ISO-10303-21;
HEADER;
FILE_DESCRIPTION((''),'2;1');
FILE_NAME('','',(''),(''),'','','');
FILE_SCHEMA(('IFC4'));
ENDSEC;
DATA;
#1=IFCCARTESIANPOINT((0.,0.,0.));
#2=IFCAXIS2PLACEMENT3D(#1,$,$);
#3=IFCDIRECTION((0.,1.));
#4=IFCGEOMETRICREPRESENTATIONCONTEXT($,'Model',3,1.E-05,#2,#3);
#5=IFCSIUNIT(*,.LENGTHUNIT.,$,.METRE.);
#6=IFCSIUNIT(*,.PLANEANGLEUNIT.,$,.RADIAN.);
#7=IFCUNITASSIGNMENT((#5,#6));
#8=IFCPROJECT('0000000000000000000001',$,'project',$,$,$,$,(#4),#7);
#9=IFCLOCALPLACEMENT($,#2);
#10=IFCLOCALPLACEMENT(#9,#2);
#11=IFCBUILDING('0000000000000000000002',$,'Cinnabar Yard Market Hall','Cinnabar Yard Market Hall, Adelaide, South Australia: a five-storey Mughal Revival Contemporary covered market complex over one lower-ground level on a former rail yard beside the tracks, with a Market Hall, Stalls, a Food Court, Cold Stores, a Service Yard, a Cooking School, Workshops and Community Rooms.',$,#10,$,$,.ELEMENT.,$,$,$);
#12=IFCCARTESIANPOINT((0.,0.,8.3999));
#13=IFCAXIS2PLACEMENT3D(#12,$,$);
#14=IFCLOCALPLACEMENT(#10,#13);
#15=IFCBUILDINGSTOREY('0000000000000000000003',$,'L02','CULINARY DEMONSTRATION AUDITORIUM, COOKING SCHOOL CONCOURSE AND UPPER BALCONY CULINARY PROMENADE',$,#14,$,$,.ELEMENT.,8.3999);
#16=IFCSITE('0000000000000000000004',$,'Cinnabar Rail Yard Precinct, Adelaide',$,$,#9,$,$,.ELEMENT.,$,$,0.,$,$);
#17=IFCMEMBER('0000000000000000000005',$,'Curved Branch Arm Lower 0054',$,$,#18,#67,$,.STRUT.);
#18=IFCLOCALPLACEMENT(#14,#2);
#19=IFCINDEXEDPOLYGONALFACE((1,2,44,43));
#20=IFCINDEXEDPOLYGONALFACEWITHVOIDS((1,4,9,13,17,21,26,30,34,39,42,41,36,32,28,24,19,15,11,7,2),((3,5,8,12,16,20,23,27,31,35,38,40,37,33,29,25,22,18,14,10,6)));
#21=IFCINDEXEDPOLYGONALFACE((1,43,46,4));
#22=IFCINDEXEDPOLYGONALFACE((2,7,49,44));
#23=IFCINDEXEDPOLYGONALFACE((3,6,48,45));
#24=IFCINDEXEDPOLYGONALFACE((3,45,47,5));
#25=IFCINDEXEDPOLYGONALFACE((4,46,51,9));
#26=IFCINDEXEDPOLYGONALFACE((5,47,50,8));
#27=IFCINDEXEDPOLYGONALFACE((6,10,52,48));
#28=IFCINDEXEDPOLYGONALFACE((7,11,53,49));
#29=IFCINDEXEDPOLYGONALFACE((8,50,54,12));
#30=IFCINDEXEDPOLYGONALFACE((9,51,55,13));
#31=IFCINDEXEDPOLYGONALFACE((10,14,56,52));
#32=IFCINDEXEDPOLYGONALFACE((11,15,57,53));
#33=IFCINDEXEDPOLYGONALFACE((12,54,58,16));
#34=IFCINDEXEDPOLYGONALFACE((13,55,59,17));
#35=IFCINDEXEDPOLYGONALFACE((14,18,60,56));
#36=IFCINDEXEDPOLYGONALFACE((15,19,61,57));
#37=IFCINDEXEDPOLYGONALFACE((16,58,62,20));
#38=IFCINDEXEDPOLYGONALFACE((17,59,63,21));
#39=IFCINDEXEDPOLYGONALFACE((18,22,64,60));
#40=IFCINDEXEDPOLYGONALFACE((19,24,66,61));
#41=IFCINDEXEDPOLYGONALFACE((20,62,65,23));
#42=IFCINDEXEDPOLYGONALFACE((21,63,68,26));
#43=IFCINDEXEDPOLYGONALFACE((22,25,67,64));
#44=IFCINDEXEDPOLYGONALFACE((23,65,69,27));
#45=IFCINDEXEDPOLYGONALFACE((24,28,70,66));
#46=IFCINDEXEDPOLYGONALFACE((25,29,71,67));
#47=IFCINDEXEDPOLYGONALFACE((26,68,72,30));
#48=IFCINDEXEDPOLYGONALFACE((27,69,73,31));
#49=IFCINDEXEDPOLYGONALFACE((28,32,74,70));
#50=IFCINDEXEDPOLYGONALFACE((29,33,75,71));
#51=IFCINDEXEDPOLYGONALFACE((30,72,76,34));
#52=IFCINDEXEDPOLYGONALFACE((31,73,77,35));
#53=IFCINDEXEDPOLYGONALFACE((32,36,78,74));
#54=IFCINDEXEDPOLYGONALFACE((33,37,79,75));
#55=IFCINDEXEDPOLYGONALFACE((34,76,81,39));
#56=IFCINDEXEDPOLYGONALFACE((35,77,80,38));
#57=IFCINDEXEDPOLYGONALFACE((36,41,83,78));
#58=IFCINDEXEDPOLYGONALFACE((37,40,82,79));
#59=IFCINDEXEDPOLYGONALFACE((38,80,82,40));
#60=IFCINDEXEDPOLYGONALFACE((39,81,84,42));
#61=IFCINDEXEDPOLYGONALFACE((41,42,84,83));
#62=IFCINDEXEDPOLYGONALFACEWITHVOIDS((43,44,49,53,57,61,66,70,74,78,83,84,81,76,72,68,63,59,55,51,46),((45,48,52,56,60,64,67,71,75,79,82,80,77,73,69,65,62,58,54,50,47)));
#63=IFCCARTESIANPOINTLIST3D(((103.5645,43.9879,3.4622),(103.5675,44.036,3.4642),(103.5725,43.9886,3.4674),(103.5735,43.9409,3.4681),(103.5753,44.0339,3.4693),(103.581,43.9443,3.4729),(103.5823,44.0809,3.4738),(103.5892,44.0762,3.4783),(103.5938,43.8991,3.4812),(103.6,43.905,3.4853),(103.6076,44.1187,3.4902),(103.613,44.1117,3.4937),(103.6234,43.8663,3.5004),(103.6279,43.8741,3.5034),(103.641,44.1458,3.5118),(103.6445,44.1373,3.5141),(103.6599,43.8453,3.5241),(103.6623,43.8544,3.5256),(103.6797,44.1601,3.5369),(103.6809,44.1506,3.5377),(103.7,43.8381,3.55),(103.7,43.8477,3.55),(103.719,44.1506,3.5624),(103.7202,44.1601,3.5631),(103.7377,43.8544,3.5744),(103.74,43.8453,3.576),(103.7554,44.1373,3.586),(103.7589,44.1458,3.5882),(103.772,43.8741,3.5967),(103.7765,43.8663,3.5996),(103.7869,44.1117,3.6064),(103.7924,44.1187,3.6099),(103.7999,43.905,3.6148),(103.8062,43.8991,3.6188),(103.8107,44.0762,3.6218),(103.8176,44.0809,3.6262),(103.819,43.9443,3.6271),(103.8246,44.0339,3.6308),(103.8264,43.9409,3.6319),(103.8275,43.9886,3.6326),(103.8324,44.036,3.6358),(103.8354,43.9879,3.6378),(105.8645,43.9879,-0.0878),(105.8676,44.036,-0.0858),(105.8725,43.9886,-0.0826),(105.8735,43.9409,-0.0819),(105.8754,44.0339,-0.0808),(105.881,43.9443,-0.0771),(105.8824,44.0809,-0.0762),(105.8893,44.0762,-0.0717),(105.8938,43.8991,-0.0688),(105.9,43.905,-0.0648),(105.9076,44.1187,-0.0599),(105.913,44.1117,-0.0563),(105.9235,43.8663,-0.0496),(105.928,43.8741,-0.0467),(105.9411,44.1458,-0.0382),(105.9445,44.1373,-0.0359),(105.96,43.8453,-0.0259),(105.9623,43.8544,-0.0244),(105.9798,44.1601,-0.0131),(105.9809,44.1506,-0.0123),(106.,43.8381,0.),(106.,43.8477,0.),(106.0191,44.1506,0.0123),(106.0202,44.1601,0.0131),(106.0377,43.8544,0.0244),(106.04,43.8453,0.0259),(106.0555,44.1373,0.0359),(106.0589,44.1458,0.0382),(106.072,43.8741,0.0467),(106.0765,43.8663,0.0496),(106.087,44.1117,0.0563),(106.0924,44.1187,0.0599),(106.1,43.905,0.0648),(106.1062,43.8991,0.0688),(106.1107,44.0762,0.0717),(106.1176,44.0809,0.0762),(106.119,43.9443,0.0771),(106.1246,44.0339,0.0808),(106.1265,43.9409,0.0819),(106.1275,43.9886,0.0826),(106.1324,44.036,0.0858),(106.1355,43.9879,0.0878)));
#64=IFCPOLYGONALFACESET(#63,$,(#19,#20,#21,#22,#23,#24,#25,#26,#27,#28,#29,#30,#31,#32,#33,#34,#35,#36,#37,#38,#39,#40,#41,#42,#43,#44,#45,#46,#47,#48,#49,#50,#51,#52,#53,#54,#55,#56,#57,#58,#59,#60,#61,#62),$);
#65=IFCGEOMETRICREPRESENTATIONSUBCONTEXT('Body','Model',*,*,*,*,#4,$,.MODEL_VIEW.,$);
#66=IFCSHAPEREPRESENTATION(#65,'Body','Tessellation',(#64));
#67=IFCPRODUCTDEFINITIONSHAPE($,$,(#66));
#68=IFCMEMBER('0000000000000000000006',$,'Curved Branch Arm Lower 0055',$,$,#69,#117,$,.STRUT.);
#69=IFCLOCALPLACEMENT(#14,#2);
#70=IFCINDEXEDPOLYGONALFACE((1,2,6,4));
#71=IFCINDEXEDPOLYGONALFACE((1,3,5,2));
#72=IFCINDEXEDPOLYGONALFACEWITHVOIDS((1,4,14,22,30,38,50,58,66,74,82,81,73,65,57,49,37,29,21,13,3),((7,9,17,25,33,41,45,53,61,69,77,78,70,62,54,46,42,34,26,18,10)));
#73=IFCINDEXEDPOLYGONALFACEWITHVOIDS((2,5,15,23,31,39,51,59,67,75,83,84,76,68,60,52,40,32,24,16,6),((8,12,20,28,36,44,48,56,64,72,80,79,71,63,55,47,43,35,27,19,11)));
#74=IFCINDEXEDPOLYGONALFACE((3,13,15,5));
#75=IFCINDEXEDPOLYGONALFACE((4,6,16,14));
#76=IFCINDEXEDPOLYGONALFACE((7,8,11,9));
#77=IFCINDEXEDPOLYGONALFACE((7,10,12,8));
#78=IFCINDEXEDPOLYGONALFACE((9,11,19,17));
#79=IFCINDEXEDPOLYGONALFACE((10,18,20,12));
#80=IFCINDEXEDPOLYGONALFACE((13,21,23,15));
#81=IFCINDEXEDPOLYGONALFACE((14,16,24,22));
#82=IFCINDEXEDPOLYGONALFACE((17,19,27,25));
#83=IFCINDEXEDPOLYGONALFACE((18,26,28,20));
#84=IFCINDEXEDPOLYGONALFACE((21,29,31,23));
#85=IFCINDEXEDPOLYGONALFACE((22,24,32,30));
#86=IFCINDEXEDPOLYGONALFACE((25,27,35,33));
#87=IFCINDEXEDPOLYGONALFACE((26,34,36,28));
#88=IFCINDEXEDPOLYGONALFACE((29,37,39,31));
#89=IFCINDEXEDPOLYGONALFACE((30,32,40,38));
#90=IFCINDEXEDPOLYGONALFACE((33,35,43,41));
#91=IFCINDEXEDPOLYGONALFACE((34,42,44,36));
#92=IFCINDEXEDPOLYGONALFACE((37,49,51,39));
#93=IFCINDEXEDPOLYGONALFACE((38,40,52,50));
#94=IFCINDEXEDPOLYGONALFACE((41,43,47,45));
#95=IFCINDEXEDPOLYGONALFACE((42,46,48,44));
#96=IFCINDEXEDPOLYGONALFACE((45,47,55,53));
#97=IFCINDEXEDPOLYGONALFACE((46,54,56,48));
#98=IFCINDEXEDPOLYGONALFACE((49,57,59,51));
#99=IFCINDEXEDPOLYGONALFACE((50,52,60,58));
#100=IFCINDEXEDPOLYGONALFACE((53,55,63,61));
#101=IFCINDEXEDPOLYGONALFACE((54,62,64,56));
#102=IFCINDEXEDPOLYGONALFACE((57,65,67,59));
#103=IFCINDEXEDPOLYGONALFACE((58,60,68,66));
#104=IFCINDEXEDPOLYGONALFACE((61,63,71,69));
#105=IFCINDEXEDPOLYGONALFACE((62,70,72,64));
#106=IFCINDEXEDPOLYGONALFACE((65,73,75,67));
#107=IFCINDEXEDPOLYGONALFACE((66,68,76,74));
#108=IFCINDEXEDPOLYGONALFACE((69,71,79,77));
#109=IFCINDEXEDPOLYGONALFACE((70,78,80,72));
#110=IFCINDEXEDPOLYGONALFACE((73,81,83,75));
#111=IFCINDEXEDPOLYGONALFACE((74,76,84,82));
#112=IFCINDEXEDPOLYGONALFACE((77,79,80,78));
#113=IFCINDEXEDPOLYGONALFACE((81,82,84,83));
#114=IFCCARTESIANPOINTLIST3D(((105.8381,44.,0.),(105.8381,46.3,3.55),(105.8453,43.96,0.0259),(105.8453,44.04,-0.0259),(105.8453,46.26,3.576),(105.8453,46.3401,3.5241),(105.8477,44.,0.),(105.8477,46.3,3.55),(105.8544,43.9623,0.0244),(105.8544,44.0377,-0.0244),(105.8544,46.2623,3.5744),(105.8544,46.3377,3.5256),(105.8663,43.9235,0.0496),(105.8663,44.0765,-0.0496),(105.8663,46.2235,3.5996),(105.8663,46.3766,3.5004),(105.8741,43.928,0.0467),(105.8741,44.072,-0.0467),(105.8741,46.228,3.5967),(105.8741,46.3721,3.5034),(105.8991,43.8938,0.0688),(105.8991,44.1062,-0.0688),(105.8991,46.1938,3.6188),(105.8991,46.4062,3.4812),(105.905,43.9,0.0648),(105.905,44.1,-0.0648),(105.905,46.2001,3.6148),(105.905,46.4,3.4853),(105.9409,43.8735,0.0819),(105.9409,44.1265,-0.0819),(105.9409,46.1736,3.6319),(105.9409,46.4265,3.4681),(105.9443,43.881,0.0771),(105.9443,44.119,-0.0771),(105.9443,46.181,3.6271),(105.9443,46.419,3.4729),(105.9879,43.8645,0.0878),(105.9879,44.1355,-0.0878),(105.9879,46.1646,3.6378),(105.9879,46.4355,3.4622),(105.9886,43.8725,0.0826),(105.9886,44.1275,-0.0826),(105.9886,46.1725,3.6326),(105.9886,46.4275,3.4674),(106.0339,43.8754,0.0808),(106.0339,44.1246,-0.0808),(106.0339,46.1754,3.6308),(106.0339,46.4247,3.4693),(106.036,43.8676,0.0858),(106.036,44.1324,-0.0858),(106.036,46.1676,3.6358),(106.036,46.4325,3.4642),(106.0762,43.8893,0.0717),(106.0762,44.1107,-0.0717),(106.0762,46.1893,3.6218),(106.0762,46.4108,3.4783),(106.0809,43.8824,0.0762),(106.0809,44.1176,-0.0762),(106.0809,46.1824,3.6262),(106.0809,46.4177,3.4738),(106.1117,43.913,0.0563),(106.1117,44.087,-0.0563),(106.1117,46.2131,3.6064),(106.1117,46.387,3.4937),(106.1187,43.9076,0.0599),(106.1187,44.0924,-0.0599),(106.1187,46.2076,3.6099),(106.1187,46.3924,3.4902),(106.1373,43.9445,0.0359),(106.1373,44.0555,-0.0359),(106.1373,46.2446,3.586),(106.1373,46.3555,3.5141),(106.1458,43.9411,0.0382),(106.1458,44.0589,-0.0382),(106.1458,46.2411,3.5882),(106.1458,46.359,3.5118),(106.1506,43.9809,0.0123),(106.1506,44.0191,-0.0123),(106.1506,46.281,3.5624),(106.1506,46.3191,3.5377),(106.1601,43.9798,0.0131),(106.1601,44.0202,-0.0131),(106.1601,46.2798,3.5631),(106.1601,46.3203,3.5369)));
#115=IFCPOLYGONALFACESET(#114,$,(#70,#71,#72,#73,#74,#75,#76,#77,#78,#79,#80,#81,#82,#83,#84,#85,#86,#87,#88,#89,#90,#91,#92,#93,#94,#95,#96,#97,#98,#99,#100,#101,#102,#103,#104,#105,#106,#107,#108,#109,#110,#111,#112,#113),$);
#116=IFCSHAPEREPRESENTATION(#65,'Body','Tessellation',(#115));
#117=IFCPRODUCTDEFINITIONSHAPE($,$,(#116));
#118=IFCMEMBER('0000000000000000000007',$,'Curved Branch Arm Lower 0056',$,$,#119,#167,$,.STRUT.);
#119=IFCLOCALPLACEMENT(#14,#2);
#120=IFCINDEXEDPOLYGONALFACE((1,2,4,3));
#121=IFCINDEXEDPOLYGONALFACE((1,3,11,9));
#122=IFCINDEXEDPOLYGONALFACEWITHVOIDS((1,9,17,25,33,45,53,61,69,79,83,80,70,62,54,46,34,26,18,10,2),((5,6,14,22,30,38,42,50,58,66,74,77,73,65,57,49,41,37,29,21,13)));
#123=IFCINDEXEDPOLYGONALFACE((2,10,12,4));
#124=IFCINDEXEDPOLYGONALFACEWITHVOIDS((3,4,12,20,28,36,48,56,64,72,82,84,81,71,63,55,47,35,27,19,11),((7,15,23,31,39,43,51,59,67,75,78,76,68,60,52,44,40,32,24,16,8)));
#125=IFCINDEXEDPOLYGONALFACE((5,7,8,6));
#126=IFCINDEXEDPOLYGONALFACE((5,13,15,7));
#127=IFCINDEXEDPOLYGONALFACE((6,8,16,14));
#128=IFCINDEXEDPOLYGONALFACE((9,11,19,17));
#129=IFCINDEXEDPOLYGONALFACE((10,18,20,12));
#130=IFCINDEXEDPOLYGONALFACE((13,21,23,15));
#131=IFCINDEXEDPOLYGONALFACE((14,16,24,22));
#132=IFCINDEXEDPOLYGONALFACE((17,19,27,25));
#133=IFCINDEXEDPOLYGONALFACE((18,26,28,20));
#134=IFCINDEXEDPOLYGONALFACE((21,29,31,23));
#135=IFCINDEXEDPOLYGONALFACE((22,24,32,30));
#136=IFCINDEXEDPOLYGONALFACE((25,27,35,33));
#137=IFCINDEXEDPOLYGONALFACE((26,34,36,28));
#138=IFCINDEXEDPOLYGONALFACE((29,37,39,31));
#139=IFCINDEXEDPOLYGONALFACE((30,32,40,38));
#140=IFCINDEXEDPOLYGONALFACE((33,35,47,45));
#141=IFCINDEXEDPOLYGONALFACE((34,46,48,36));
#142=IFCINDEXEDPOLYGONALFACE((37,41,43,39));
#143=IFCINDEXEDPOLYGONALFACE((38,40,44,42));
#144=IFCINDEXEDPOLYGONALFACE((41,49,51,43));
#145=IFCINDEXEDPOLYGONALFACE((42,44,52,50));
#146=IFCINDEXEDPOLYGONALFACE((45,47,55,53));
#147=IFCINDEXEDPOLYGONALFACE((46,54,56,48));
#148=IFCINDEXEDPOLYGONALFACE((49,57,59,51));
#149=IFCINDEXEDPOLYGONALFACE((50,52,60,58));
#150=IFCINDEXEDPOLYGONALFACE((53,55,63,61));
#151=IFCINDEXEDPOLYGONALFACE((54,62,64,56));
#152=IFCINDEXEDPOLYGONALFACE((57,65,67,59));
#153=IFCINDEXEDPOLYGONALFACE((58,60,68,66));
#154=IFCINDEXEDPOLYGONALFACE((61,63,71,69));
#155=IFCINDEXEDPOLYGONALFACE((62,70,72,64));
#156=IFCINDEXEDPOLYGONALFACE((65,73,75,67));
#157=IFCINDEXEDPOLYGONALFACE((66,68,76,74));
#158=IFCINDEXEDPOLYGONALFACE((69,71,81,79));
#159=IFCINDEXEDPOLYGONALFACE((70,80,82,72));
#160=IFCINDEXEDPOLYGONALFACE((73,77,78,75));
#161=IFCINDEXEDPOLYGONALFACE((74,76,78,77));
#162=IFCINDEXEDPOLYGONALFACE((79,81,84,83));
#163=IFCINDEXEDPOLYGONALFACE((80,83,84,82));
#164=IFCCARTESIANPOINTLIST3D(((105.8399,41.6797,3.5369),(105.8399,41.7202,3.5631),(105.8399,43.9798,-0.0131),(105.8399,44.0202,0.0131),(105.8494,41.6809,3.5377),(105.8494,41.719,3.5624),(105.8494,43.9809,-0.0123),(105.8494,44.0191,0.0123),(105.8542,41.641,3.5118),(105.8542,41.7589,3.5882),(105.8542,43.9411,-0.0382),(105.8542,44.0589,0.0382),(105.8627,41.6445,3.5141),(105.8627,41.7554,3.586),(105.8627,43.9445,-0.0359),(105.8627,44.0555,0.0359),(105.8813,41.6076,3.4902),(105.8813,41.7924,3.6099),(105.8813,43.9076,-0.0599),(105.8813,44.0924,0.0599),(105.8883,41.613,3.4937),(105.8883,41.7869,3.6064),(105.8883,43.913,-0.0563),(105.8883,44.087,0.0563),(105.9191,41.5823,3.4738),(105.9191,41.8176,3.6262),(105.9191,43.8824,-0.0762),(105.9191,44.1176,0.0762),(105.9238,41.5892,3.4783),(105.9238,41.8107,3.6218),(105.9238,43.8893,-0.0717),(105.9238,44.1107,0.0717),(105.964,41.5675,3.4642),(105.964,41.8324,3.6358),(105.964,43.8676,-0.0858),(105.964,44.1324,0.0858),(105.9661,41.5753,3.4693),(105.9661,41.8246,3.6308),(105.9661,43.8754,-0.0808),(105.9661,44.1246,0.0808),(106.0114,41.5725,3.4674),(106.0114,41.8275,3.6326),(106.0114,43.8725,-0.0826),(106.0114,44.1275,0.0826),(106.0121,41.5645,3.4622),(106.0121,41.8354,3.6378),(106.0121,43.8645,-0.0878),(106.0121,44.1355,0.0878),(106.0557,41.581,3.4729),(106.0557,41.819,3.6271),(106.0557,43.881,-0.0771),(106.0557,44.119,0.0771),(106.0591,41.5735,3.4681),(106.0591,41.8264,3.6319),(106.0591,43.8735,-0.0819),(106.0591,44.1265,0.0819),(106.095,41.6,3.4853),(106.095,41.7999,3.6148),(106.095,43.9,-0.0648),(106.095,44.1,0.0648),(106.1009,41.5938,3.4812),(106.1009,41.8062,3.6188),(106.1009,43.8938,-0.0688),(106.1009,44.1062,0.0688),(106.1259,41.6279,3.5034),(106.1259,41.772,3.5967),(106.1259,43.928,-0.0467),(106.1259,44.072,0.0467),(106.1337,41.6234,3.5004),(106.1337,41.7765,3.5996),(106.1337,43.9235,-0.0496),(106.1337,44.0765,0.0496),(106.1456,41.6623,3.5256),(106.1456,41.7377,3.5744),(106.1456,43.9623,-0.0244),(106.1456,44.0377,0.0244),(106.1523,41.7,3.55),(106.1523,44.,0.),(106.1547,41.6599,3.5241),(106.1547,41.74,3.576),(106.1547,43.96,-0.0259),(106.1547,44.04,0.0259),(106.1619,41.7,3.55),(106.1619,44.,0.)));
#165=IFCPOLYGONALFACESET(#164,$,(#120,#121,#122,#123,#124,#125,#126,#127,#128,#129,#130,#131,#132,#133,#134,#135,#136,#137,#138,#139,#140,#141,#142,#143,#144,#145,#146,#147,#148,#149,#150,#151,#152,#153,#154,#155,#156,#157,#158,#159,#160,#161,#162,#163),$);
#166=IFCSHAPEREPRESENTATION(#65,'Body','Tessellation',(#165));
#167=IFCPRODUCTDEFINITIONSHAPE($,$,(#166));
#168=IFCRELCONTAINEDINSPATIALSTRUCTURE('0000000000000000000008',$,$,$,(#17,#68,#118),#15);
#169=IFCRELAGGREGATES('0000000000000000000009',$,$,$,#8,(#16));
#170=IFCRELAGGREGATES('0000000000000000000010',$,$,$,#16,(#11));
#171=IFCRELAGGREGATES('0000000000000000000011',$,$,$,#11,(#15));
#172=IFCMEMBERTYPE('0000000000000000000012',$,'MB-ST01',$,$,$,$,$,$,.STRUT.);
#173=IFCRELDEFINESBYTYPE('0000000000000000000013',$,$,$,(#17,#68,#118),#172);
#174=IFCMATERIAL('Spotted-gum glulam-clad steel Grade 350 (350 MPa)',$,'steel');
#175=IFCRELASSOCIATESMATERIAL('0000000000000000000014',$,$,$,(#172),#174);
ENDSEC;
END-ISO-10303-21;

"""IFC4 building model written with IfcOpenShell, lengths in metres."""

from ifc_helpers import new_model, si_unit, direction, frame, origin, origin_2d_with_axis, place, context, subcontext, project, spatial, hollow_circle, extrude, material, material_profile, profile_set, type_object, element, save


model = new_model("IFC4")

# Units and contexts
model_context = context("Model", 3, precision=1e-05, world=origin(), true_north=direction((0.0, 1.0)))
body_context = subcontext(model_context, "Body", "Model", "MODEL_VIEW")
ifc_project = project(units=[si_unit("LENGTHUNIT", "METRE"), si_unit("PLANEANGLEUNIT", "RADIAN")], contexts=[model_context])

# Site, building, storey
site_placement = place(None, origin())
site = spatial("IfcSite", under=ifc_project, at=site_placement, Name="Cinnabar Rail Yard Precinct, Adelaide", CompositionType="ELEMENT", RefElevation=0.0)
building_placement = place(site_placement, origin())
building = spatial("IfcBuilding", under=site, at=building_placement, Name="Cinnabar Yard Market Hall", Description="Cinnabar Yard Market Hall, Adelaide, South Australia: a five-storey Mughal Revival Contemporary covered market complex over one lower-ground level on a former rail yard beside the tracks, with a Market Hall, Stalls, a Food Court, Cold Stores, a Service Yard, a Cooking School, Workshops and Community Rooms.", CompositionType="ELEMENT")
storey_placement = place(building_placement, frame((0.0, 0.0, 8.3999)))
storey = spatial("IfcBuildingStorey", under=building, at=storey_placement, Name="L02", Description="CULINARY DEMONSTRATION AUDITORIUM, COOKING SCHOOL CONCOURSE AND UPPER BALCONY CULINARY PROMENADE", CompositionType="ELEMENT", Elevation=8.3999)

# Shared definitions
ifc_material_1 = material(Name="Spotted-gum glulam-clad steel Grade 350 (350 MPa)", Category="steel")

# Members
ifc_material_profile_1 = material_profile(ifc_material_1, hollow_circle(Radius=0.1619, WallThickness=0.0095, at=origin_2d_with_axis()), Name="323.9x9.5CHS")
ifc_profile_set_1 = profile_set([ifc_material_profile_1], Name="Spotted-gum glulam-clad steel Grade 350 (350 MPa)")
member_type_1 = type_object("IfcMemberType", Name="MB-ST01", PredefinedType="STRUT", material=ifc_profile_set_1)
for number, where, z_axis, x_axis, name in (
    (1, (106.0, 44.0, 0.0), (-0.543744, 0.0, 0.839251), (0.0, -1.0, 0.0), "Curved Branch Arm Lower 0054"),
    (2, (106.0, 44.0, 0.0), (0.0, 0.543744, 0.839251), (-1.0, 0.0, 0.0), "Curved Branch Arm Lower 0055"),
    (3, (106.0, 44.0, 0.0), (0.0, -0.543744, 0.839251), (1.0, 0.0, 0.0), "Curved Branch Arm Lower 0056"),
):
    element("IfcMember", number, at=place(storey_placement, frame(where, z_axis=z_axis, x_axis=x_axis)), inside=storey, type_object=member_type_1, Name=name, PredefinedType="STRUT", context=body_context, shape_type="SweptSolid", body=[
        extrude(hollow_circle(Radius=0.1619, WallThickness=0.0095, at=origin_2d_with_axis()), origin(), (0.0, 0.0, 1.0), 4.23),
    ])

save(model, "model.ifc")
